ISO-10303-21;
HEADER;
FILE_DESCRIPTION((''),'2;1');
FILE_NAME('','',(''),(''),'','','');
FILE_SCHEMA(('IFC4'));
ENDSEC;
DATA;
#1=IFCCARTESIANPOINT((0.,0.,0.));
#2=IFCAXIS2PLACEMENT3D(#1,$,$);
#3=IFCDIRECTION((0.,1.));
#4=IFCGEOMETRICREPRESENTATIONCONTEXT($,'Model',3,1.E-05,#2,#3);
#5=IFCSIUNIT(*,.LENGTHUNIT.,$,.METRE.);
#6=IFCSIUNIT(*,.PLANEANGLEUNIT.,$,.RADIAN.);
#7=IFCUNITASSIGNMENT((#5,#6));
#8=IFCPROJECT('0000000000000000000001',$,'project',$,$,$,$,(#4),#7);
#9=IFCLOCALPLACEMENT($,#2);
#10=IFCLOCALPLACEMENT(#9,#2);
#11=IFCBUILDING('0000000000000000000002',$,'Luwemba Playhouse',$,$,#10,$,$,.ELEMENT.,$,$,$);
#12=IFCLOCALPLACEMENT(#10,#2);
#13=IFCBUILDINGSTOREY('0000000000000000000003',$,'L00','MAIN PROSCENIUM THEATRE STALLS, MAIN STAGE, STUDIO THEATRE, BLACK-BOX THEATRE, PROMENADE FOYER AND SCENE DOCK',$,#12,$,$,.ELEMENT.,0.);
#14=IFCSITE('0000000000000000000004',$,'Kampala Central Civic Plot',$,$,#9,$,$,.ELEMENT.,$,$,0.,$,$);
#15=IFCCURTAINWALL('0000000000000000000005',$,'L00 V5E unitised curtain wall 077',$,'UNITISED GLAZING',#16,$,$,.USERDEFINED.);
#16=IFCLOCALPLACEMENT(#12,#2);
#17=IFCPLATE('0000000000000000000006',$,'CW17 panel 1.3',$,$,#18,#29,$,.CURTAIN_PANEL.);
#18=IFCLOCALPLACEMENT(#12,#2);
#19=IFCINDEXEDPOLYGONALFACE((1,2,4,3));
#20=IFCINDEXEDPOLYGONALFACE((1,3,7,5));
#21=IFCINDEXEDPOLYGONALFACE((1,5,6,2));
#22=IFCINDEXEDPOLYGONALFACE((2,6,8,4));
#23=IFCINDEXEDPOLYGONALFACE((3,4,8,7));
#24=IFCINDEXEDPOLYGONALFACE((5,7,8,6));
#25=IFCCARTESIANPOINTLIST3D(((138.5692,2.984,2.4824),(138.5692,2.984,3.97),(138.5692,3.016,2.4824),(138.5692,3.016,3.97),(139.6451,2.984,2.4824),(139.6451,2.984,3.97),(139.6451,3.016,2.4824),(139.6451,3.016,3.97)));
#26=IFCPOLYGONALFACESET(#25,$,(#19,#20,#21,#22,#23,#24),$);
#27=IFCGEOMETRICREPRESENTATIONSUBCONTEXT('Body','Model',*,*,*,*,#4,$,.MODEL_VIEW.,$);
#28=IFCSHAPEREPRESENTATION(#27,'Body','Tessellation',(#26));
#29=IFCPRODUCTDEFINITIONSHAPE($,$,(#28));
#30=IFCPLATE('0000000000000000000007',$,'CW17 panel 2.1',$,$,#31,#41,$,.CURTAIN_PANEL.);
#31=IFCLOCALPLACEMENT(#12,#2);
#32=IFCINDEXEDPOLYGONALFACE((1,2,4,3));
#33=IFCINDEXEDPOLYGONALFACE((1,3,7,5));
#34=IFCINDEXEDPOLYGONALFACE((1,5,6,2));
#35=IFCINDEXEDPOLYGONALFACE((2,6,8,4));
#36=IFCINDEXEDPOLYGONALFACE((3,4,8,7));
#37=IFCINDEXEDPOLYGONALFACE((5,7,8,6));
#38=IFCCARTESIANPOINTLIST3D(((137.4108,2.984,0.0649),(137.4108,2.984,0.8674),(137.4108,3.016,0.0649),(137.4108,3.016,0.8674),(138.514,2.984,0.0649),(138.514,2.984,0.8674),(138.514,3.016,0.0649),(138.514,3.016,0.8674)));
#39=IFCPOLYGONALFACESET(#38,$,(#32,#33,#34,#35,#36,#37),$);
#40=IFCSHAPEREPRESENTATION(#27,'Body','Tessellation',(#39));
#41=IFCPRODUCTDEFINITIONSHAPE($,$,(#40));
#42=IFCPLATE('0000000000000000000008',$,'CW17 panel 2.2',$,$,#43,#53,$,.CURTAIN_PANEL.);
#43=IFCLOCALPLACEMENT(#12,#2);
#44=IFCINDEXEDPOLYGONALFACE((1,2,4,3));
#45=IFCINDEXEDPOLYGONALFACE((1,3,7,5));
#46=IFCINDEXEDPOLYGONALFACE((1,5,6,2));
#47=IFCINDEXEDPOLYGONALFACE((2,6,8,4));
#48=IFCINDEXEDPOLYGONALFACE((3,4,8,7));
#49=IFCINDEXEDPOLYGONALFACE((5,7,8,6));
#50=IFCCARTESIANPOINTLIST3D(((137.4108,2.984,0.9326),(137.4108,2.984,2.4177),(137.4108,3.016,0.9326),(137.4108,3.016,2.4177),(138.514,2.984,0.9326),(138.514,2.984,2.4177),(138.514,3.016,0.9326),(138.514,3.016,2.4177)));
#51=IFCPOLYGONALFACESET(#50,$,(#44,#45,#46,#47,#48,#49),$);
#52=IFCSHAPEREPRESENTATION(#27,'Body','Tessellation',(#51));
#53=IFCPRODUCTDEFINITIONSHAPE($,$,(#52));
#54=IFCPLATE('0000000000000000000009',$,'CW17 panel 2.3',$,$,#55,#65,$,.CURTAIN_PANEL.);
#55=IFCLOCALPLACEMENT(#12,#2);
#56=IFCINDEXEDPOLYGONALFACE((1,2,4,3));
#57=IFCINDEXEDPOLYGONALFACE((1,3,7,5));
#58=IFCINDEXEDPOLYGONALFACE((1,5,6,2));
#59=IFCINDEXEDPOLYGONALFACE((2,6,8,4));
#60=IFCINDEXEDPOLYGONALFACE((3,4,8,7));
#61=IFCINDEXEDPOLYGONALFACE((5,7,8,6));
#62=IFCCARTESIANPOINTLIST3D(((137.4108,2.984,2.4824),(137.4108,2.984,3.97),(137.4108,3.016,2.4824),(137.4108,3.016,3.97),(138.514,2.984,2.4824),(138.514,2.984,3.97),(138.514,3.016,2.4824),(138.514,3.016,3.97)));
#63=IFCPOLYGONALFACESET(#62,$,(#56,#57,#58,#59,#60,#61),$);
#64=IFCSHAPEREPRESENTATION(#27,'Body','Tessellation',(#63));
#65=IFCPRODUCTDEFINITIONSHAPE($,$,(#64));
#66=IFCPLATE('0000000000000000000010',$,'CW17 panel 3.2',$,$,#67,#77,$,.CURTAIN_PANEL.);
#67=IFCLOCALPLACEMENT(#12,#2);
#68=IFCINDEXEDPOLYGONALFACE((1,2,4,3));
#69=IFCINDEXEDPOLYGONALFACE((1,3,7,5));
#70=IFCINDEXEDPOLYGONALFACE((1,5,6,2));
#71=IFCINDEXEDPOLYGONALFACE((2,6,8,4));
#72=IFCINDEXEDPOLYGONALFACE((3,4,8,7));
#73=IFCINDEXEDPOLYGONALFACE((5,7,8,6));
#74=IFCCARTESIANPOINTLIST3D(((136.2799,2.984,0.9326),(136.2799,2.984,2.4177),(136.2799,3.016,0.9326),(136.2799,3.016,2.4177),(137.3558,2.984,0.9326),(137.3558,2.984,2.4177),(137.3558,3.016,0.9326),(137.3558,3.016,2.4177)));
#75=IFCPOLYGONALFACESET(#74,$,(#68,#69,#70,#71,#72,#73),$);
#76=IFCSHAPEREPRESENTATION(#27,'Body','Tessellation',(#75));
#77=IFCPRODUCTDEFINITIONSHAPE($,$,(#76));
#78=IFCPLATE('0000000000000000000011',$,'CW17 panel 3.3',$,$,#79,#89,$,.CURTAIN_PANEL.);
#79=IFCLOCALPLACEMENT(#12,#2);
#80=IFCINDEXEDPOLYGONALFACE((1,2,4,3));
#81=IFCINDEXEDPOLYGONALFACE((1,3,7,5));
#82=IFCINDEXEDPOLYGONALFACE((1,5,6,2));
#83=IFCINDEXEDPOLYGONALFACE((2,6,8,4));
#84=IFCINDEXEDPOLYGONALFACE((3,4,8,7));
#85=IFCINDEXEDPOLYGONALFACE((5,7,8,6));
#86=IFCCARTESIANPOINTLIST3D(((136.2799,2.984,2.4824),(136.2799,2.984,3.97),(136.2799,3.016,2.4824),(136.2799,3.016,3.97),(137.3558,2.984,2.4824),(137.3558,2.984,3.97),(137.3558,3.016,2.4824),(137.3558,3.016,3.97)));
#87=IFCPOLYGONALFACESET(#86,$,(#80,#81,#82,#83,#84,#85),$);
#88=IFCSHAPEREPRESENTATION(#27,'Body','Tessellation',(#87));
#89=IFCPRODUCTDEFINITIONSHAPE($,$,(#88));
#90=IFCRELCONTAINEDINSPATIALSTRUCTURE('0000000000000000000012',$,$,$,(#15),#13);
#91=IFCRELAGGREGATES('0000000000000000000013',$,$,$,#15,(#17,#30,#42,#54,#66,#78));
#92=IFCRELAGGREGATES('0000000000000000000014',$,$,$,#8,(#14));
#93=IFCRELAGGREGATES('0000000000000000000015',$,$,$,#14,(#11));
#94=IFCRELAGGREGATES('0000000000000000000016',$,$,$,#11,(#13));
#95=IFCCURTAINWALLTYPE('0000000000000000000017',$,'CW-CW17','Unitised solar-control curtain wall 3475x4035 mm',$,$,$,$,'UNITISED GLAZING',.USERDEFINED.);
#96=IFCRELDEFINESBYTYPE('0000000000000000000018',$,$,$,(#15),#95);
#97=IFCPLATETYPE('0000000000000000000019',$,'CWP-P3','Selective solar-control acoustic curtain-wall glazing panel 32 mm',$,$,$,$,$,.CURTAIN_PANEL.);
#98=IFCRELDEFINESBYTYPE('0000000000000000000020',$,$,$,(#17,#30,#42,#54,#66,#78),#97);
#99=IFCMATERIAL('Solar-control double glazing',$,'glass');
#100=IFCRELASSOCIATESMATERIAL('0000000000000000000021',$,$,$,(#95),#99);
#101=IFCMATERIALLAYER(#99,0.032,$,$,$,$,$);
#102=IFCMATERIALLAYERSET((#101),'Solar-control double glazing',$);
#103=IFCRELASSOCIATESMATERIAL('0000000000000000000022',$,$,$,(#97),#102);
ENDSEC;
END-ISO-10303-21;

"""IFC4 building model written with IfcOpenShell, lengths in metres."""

from ifc_helpers import new_model, si_unit, direction, frame, origin, origin_2d, place, context, subcontext, project, spatial, rectangle, extrude, material, layer, layer_set, type_object, element, aggregate, save


model = new_model("IFC4")

# Units and contexts
model_context = context("Model", 3, precision=1e-05, world=origin(), true_north=direction((0.0, 1.0)))
body_context = subcontext(model_context, "Body", "Model", "MODEL_VIEW")
ifc_project = project(units=[si_unit("LENGTHUNIT", "METRE"), si_unit("PLANEANGLEUNIT", "RADIAN")], contexts=[model_context])

# Site, building, storey
site_placement = place(None, origin())
site = spatial("IfcSite", under=ifc_project, at=site_placement, Name="Kampala Central Civic Plot", CompositionType="ELEMENT", RefElevation=0.0)
building_placement = place(site_placement, origin())
building = spatial("IfcBuilding", under=site, at=building_placement, Name="Luwemba Playhouse", CompositionType="ELEMENT")
storey_placement = place(building_placement, origin())
storey = spatial("IfcBuildingStorey", under=building, at=storey_placement, Name="L00", Description="MAIN PROSCENIUM THEATRE STALLS, MAIN STAGE, STUDIO THEATRE, BLACK-BOX THEATRE, PROMENADE FOYER AND SCENE DOCK", CompositionType="ELEMENT", Elevation=0.0)

# Shared definitions
ifc_material_1 = material(Name="Solar-control double glazing", Category="glass")

# Curtain wall
curtain_wall_type_1 = type_object("IfcCurtainWallType", Name="CW-CW17", Description="Unitised solar-control curtain wall 3475x4035 mm", ElementType="UNITISED GLAZING", PredefinedType="USERDEFINED", material=ifc_material_1)
curtain_wall_1_placement = place(storey_placement, origin())
curtain_wall_1 = element("IfcCurtainWall", 1, at=curtain_wall_1_placement, inside=storey, type_object=curtain_wall_type_1, Name="L00 V5E unitised curtain wall 077", ObjectType="UNITISED GLAZING", PredefinedType="USERDEFINED")

# Plates
ifc_layer_1 = layer(ifc_material_1, 0.032)
ifc_layer_set_1 = layer_set([ifc_layer_1], Name="Solar-control double glazing")
plate_type_1 = type_object("IfcPlateType", Name="CWP-P3", Description="Selective solar-control acoustic curtain-wall glazing panel 32 mm", PredefinedType="CURTAIN_PANEL", material=ifc_layer_set_1)
plate_1_placement = place(storey_placement, frame((139.1072, 3.0, 2.4824), z_axis=(0.0, 0.0, 1.0), x_axis=(-1.0, 0.0, 0.0)))
plate_1 = element("IfcPlate", 2, at=plate_1_placement, type_object=plate_type_1, Name="CW17 panel 1.3", PredefinedType="CURTAIN_PANEL", context=body_context, shape_type="SweptSolid", body=[
    extrude(rectangle(XDim=1.0759, YDim=0.032, at=origin_2d()), origin(), (0.0, 0.0, 1.0), 1.4875),
])
plate_2_placement = place(storey_placement, frame((137.9624, 3.0, 0.0649), z_axis=(0.0, 0.0, 1.0), x_axis=(-1.0, 0.0, 0.0)))
plate_2 = element("IfcPlate", 3, at=plate_2_placement, type_object=plate_type_1, Name="CW17 panel 2.1", PredefinedType="CURTAIN_PANEL", context=body_context, shape_type="SweptSolid", body=[
    extrude(rectangle(XDim=1.1033, YDim=0.032, at=origin_2d()), origin(), (0.0, 0.0, 1.0), 0.8025),
])
plate_3_placement = place(storey_placement, frame((137.9624, 3.0, 0.9326), z_axis=(0.0, 0.0, 1.0), x_axis=(-1.0, 0.0, 0.0)))
plate_3 = element("IfcPlate", 4, at=plate_3_placement, type_object=plate_type_1, Name="CW17 panel 2.2", PredefinedType="CURTAIN_PANEL", context=body_context, shape_type="SweptSolid", body=[
    extrude(rectangle(XDim=1.1033, YDim=0.032, at=origin_2d()), origin(), (0.0, 0.0, 1.0), 1.4851),
])
plate_4_placement = place(storey_placement, frame((137.9624, 3.0, 2.4824), z_axis=(0.0, 0.0, 1.0), x_axis=(-1.0, 0.0, 0.0)))
plate_4 = element("IfcPlate", 5, at=plate_4_placement, type_object=plate_type_1, Name="CW17 panel 2.3", PredefinedType="CURTAIN_PANEL", context=body_context, shape_type="SweptSolid", body=[
    extrude(rectangle(XDim=1.1033, YDim=0.032, at=origin_2d()), origin(), (0.0, 0.0, 1.0), 1.4875),
])
plate_5_placement = place(storey_placement, frame((136.8179, 3.0, 0.9326), z_axis=(0.0, 0.0, 1.0), x_axis=(-1.0, 0.0, 0.0)))
plate_5 = element("IfcPlate", 6, at=plate_5_placement, type_object=plate_type_1, Name="CW17 panel 3.2", PredefinedType="CURTAIN_PANEL", context=body_context, shape_type="SweptSolid", body=[
    extrude(rectangle(XDim=1.0759, YDim=0.032, at=origin_2d()), origin(), (0.0, 0.0, 1.0), 1.4851),
])
plate_6_placement = place(storey_placement, frame((136.8179, 3.0, 2.4824), z_axis=(0.0, 0.0, 1.0), x_axis=(-1.0, 0.0, 0.0)))
plate_6 = element("IfcPlate", 7, at=plate_6_placement, type_object=plate_type_1, Name="CW17 panel 3.3", PredefinedType="CURTAIN_PANEL", context=body_context, shape_type="SweptSolid", body=[
    extrude(rectangle(XDim=1.0759, YDim=0.032, at=origin_2d()), origin(), (0.0, 0.0, 1.0), 1.4875),
])
aggregate(curtain_wall_1, [plate_1, plate_2, plate_3, plate_4, plate_5, plate_6])

save(model, "model.ifc")
